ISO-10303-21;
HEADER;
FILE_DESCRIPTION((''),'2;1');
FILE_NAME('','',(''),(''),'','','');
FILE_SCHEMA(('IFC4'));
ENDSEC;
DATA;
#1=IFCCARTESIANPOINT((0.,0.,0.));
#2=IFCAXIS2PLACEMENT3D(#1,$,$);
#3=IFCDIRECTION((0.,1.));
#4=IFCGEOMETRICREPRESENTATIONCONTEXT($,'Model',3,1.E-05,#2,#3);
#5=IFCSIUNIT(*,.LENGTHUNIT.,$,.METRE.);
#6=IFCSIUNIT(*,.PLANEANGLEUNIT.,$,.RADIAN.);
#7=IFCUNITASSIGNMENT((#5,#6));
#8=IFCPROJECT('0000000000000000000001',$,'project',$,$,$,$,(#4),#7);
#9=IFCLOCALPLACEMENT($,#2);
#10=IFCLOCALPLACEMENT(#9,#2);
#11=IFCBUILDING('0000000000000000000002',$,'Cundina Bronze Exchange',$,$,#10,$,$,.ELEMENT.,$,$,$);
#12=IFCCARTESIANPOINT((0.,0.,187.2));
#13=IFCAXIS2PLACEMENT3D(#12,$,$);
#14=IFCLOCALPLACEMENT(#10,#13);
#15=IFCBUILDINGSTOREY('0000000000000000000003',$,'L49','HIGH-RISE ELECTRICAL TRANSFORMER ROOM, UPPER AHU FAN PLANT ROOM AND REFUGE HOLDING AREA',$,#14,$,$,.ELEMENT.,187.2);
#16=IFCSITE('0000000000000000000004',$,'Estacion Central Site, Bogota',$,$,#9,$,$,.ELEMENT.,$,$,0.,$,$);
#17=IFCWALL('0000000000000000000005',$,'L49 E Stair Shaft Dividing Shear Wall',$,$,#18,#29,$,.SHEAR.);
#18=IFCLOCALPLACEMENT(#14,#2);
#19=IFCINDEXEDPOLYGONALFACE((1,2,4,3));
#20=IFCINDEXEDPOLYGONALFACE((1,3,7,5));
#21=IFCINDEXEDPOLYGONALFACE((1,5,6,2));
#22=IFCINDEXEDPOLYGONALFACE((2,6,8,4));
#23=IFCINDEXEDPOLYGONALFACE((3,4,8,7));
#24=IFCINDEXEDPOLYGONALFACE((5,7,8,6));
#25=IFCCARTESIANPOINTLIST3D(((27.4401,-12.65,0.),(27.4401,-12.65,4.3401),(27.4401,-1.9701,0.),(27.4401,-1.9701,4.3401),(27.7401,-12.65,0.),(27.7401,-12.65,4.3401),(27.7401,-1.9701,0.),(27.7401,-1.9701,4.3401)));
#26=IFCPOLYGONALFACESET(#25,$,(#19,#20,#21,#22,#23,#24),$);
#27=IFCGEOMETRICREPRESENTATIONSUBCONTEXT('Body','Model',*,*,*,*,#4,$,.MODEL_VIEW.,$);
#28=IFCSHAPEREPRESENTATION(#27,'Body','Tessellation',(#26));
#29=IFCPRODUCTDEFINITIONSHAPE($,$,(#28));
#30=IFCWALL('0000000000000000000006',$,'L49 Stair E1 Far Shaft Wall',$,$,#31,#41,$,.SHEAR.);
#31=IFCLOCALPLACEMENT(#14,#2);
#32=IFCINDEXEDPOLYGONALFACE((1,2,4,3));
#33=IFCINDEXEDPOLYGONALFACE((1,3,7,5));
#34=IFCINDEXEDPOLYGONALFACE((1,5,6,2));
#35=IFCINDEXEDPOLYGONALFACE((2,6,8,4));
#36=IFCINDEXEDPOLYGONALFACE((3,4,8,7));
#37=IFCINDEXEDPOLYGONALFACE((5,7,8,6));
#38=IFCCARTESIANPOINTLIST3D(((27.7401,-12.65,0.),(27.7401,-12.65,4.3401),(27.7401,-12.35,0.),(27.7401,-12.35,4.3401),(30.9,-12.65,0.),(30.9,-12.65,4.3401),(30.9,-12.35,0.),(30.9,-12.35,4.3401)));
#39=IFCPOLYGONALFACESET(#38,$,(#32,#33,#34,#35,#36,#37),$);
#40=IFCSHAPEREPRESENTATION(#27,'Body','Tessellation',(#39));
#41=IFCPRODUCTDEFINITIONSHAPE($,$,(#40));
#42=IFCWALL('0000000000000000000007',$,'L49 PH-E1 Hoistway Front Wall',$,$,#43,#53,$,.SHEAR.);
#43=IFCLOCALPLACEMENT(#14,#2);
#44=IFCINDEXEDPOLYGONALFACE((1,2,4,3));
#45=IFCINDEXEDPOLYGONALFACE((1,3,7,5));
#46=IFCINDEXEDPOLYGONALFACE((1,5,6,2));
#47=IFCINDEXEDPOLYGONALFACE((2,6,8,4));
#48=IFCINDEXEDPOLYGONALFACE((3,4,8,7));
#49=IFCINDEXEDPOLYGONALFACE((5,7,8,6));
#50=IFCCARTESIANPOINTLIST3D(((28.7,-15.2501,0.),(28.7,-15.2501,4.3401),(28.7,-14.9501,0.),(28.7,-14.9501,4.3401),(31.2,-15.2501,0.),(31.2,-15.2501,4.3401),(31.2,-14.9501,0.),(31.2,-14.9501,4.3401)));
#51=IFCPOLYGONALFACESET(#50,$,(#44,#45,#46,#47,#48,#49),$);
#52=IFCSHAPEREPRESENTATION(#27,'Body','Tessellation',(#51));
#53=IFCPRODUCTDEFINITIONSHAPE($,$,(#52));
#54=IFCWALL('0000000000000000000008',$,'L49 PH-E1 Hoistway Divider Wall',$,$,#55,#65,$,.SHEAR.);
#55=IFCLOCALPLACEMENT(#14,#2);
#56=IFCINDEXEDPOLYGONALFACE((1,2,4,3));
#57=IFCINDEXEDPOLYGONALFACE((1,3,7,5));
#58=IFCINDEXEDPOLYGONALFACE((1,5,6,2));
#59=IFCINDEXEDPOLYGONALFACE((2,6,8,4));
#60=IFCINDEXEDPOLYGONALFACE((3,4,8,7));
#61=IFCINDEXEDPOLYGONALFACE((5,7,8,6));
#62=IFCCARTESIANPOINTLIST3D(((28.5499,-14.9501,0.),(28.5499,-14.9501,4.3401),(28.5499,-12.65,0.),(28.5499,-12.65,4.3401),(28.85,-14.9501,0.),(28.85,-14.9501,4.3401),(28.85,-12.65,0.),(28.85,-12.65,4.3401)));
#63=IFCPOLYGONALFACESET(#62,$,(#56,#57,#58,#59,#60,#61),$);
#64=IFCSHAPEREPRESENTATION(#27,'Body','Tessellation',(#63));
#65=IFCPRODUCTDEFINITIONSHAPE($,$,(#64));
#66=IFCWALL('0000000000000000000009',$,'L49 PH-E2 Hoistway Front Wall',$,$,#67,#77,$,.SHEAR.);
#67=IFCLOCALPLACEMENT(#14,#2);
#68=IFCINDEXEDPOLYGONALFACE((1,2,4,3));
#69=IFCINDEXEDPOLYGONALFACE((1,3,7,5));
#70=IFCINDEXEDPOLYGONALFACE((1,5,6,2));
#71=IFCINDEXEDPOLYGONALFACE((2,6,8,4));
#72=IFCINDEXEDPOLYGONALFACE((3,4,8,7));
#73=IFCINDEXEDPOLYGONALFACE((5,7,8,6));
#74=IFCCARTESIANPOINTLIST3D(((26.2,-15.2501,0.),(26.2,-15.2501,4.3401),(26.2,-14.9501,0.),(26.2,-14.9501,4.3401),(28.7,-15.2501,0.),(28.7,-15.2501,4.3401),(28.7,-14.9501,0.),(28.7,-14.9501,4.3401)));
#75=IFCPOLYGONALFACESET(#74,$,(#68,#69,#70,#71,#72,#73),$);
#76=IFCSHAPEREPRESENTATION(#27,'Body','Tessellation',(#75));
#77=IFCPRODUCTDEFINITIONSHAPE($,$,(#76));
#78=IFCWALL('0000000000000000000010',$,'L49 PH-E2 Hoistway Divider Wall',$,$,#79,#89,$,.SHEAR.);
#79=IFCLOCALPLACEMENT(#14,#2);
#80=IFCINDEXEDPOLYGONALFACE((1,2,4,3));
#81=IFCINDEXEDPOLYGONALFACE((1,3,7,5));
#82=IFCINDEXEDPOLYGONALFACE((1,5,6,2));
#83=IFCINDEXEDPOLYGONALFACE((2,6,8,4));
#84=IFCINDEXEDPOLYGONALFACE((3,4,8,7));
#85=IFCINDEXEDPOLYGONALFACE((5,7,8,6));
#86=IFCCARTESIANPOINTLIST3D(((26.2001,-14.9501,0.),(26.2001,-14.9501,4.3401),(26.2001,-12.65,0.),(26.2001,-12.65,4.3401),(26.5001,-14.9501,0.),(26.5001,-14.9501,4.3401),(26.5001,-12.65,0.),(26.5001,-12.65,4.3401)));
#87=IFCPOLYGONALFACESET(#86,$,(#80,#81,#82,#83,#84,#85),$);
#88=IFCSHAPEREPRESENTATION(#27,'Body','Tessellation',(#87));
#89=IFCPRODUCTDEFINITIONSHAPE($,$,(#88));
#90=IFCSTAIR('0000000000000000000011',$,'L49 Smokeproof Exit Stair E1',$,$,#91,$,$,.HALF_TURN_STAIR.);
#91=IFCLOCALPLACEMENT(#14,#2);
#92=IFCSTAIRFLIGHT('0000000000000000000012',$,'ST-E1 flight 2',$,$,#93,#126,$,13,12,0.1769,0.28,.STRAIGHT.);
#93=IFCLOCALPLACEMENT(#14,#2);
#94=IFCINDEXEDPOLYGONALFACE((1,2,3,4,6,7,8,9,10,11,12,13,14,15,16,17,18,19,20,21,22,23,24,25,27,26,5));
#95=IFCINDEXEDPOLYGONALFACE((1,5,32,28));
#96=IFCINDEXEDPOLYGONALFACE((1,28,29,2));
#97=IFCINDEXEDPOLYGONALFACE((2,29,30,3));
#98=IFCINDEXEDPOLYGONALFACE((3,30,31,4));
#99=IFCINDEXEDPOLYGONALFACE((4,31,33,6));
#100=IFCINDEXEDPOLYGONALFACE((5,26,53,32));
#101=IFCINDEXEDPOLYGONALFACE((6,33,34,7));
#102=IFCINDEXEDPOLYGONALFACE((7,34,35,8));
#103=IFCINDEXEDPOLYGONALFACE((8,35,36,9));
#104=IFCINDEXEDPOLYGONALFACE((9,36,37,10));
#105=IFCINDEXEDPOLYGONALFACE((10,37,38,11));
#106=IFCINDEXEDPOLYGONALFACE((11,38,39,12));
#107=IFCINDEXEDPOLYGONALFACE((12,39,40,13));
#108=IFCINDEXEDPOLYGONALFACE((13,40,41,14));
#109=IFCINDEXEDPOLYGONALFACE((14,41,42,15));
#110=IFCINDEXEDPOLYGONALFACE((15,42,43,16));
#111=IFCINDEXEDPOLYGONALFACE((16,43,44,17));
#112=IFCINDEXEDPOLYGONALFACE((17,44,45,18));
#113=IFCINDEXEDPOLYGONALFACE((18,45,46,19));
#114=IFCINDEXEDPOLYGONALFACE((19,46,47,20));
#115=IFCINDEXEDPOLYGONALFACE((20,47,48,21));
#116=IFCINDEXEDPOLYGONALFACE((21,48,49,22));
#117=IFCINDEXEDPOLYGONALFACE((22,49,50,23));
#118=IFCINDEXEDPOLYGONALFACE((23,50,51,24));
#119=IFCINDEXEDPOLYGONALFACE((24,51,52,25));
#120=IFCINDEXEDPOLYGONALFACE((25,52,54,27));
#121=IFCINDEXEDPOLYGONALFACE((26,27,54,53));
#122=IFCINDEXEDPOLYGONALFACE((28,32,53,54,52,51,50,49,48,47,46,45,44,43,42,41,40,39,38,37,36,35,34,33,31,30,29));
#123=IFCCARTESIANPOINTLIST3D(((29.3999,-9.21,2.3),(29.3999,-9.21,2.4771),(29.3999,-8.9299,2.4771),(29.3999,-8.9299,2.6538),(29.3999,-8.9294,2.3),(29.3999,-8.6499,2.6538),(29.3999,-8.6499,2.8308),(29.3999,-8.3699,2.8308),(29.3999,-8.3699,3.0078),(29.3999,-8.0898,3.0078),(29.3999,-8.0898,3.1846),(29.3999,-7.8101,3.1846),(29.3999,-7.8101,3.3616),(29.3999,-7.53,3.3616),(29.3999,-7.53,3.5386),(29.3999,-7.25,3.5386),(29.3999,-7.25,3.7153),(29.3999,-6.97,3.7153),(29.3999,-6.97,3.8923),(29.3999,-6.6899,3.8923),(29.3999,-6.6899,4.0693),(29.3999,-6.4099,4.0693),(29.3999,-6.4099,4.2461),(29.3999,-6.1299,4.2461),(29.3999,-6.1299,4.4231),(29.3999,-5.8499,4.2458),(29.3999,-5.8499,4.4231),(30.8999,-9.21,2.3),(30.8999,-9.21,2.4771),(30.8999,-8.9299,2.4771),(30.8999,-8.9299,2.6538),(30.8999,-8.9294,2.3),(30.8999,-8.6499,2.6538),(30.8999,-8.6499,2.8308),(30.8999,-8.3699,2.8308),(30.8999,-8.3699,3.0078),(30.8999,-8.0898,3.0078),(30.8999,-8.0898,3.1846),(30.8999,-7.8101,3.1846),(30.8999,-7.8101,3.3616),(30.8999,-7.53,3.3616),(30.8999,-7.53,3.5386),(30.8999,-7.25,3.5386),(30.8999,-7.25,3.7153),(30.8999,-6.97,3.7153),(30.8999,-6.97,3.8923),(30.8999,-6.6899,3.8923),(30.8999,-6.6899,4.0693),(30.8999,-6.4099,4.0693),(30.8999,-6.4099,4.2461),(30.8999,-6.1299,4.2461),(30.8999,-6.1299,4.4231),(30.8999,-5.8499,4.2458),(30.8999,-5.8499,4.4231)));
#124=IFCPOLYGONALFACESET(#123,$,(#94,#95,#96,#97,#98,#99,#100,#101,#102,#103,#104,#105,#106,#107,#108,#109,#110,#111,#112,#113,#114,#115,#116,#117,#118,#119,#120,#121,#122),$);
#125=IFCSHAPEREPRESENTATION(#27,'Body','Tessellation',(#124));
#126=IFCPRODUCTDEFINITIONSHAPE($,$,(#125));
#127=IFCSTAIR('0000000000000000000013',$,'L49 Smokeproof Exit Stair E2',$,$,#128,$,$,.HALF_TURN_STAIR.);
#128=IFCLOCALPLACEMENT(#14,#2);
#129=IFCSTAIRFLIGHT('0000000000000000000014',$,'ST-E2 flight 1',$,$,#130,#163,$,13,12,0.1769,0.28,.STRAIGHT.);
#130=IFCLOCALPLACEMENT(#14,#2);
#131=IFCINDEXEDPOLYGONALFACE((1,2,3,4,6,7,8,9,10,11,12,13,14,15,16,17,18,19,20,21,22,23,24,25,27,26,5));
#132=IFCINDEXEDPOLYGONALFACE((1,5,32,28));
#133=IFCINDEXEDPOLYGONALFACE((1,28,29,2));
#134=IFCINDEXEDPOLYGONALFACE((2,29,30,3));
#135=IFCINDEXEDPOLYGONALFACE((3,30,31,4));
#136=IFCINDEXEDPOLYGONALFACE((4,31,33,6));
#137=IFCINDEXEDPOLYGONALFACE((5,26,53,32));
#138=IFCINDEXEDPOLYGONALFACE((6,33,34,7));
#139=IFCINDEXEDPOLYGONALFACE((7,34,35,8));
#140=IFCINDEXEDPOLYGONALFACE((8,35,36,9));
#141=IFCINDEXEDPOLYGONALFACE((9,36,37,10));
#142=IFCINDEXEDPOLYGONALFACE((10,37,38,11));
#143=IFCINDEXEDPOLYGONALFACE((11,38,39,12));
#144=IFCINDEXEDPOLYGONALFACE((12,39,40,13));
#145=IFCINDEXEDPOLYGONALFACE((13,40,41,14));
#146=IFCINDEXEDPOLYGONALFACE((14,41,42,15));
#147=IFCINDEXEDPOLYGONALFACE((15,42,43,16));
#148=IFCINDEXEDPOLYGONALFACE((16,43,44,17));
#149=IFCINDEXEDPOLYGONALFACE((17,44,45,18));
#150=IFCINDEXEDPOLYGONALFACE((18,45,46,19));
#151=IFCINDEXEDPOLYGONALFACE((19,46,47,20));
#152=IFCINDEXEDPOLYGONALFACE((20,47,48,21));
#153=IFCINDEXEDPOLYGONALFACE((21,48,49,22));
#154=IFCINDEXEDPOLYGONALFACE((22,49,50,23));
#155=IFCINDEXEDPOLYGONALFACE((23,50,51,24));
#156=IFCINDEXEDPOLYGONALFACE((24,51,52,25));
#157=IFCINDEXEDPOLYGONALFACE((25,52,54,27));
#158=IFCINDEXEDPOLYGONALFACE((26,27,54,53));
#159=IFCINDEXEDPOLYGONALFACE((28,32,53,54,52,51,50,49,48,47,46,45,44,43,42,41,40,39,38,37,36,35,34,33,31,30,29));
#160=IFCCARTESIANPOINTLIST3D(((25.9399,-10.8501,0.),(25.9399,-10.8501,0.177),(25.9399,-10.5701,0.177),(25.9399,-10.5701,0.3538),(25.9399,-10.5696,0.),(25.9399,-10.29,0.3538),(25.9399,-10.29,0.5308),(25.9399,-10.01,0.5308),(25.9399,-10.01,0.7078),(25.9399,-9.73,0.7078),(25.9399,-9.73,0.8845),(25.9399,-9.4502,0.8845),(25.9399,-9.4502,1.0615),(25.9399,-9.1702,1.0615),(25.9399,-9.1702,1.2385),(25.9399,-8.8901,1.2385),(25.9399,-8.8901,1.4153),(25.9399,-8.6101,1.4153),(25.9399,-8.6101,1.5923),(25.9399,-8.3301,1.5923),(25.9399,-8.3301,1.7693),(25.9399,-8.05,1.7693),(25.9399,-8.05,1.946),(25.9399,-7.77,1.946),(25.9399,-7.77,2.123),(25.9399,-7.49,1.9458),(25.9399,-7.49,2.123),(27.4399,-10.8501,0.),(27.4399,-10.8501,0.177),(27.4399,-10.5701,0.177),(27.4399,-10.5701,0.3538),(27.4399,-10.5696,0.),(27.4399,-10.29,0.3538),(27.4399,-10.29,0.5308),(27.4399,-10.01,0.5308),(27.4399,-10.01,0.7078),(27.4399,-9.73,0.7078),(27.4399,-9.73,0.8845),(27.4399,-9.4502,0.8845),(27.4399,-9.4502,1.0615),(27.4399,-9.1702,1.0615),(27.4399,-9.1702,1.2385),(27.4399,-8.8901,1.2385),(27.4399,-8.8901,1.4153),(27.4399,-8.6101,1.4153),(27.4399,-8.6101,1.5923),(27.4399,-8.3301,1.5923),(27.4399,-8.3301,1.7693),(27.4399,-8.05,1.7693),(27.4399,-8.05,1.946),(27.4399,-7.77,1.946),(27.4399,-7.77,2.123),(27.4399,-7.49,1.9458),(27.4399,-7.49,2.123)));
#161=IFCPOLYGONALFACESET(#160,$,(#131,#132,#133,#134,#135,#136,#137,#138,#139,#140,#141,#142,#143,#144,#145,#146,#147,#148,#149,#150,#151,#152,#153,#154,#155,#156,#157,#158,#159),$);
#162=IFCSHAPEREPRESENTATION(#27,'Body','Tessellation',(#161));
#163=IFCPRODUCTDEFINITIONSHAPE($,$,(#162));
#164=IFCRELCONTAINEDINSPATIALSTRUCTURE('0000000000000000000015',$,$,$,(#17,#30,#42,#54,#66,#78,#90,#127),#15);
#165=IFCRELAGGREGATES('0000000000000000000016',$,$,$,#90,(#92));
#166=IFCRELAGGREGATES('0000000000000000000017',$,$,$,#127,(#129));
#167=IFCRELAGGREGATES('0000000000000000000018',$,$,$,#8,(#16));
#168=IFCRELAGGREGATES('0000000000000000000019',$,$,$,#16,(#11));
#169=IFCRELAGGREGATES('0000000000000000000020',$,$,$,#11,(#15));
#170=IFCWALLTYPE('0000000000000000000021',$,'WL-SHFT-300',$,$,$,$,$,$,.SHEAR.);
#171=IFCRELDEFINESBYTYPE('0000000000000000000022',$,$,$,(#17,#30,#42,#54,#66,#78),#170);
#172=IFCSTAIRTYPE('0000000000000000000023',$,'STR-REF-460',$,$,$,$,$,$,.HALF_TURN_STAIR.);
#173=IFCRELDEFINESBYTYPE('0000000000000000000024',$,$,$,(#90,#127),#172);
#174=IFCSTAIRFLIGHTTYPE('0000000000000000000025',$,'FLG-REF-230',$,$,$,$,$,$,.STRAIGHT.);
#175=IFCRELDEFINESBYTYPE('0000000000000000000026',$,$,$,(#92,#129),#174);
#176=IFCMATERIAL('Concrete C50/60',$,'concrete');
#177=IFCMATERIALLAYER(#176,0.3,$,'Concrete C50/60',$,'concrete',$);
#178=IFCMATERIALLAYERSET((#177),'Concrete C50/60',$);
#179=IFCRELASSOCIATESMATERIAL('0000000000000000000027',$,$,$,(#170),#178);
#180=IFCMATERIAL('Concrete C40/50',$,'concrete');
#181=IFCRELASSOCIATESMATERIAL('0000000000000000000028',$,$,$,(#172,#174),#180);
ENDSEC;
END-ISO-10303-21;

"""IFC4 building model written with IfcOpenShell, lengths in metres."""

from ifc_helpers import new_model, si_unit, direction, frame, frame_2d, origin, place, context, subcontext, project, spatial, polyline, rectangle, outline, extrude, material, layer, layer_set, type_object, element, aggregate, save


model = new_model("IFC4")

# Units and contexts
model_context = context("Model", 3, precision=1e-05, world=origin(), true_north=direction((0.0, 1.0)))
body_context = subcontext(model_context, "Body", "Model", "MODEL_VIEW")
ifc_project = project(units=[si_unit("LENGTHUNIT", "METRE"), si_unit("PLANEANGLEUNIT", "RADIAN")], contexts=[model_context])

# Site, building, storey
site_placement = place(None, origin())
site = spatial("IfcSite", under=ifc_project, at=site_placement, Name="Estacion Central Site, Bogota", CompositionType="ELEMENT", RefElevation=0.0)
building_placement = place(site_placement, origin())
building = spatial("IfcBuilding", under=site, at=building_placement, Name="Cundina Bronze Exchange", CompositionType="ELEMENT")
storey_placement = place(building_placement, frame((0.0, 0.0, 187.2)))
storey = spatial("IfcBuildingStorey", under=building, at=storey_placement, Name="L49", Description="HIGH-RISE ELECTRICAL TRANSFORMER ROOM, UPPER AHU FAN PLANT ROOM AND REFUGE HOLDING AREA", CompositionType="ELEMENT", Elevation=187.2)

# Shared definitions
ifc_material_1 = material(Name="Concrete C50/60", Category="concrete")

# Walls
ifc_layer_1 = layer(ifc_material_1, 0.3, Name="Concrete C50/60", Category="concrete")
ifc_layer_set_1 = layer_set([ifc_layer_1], Name="Concrete C50/60")
wall_type_1 = type_object("IfcWallType", Name="WL-SHFT-300", PredefinedType="SHEAR", material=ifc_layer_set_1)
wall_1_placement = place(storey_placement, frame((27.5901, -12.6499, 0.0), z_axis=(0.0, 0.0, 1.0), x_axis=(0.0, 1.0, 0.0)))
element("IfcWall", 1, at=wall_1_placement, inside=storey, type_object=wall_type_1, Name="L49 E Stair Shaft Dividing Shear Wall", PredefinedType="SHEAR", context=body_context, shape_type="SweptSolid", body=[
    extrude(rectangle(XDim=10.6799, YDim=0.3, at=frame_2d((5.3398, 0.0))), origin(), (0.0, 0.0, 1.0), 4.3401),
])
wall_2_placement = place(storey_placement, frame((27.74, -12.5, 0.0), z_axis=(0.0, 0.0, 1.0), x_axis=(1.0, 0.0, 0.0)))
element("IfcWall", 2, at=wall_2_placement, inside=storey, type_object=wall_type_1, Name="L49 Stair E1 Far Shaft Wall", PredefinedType="SHEAR", context=body_context, shape_type="SweptSolid", body=[
    extrude(rectangle(XDim=3.1599, YDim=0.3, at=frame_2d((1.5801, 0.0))), origin(), (0.0, 0.0, 1.0), 4.3401),
])

# Walls
wall_3_placement = place(storey_placement, frame((28.7, -15.1001, 0.0), z_axis=(0.0, 0.0, 1.0), x_axis=(1.0, 0.0, 0.0)))
element("IfcWall", 3, at=wall_3_placement, inside=storey, type_object=wall_type_1, Name="L49 PH-E1 Hoistway Front Wall", PredefinedType="SHEAR", context=body_context, shape_type="SweptSolid", body=[
    extrude(rectangle(XDim=2.5, YDim=0.3, at=frame_2d((1.25, 0.0))), origin(), (0.0, 0.0, 1.0), 4.3401),
])
wall_4_placement = place(storey_placement, frame((28.7, -14.95, 0.0), z_axis=(0.0, 0.0, 1.0), x_axis=(0.0, 1.0, 0.0)))
element("IfcWall", 4, at=wall_4_placement, inside=storey, type_object=wall_type_1, Name="L49 PH-E1 Hoistway Divider Wall", PredefinedType="SHEAR", context=body_context, shape_type="SweptSolid", body=[
    extrude(rectangle(XDim=2.3, YDim=0.3, at=frame_2d((1.1499, 0.0))), origin(), (0.0, 0.0, 1.0), 4.3401),
])
wall_5_placement = place(storey_placement, frame((26.2, -15.1001, 0.0), z_axis=(0.0, 0.0, 1.0), x_axis=(1.0, 0.0, 0.0)))
element("IfcWall", 5, at=wall_5_placement, inside=storey, type_object=wall_type_1, Name="L49 PH-E2 Hoistway Front Wall", PredefinedType="SHEAR", context=body_context, shape_type="SweptSolid", body=[
    extrude(rectangle(XDim=2.5, YDim=0.3, at=frame_2d((1.25, 0.0))), origin(), (0.0, 0.0, 1.0), 4.3401),
])
wall_6_placement = place(storey_placement, frame((26.3501, -14.95, 0.0), z_axis=(0.0, 0.0, 1.0), x_axis=(0.0, 1.0, 0.0)))
element("IfcWall", 6, at=wall_6_placement, inside=storey, type_object=wall_type_1, Name="L49 PH-E2 Hoistway Divider Wall", PredefinedType="SHEAR", context=body_context, shape_type="SweptSolid", body=[
    extrude(rectangle(XDim=2.3, YDim=0.3, at=frame_2d((1.1499, 0.0))), origin(), (0.0, 0.0, 1.0), 4.3401),
])

# Stairs, stair flights
ifc_material_2 = material(Name="Concrete C40/50", Category="concrete")
stair_type = type_object("IfcStairType", Name="STR-REF-460", PredefinedType="HALF_TURN_STAIR", material=ifc_material_2)
stair_1_placement = place(storey_placement, origin())
stair_1 = element("IfcStair", 7, at=stair_1_placement, inside=storey, type_object=stair_type, Name="L49 Smokeproof Exit Stair E1", PredefinedType="HALF_TURN_STAIR")
stair_flight_type = type_object("IfcStairFlightType", Name="FLG-REF-230", PredefinedType="STRAIGHT", material=ifc_material_2)
stair_flight_1_placement = place(storey_placement, frame((30.1499, -9.21, 2.3), z_axis=(0.0, 0.0, 1.0), x_axis=(0.0, 1.0, 0.0)))
stair_flight_1 = element("IfcStairFlight", 8, at=stair_flight_1_placement, type_object=stair_flight_type, Name="ST-E1 flight 2", NumberOfRisers=13, NumberOfTreads=12, PredefinedType="STRAIGHT", RiserHeight=0.1769, TreadLength=0.28, context=body_context, shape_type="SweptSolid", body=[
    extrude(outline(polyline([(0.0, 0.0), (0.0, 0.177), (0.28, 0.177), (0.28, 0.3538), (0.5601, 0.3538), (0.5601, 0.5308), (0.8401, 0.5308), (0.8401, 0.7078), (1.1201, 0.7078), (1.1201, 0.8845), (1.3999, 0.8845), (1.3999, 1.0615), (1.6799, 1.0615), (1.6799, 1.2385), (1.96, 1.2385), (1.96, 1.4153), (2.24, 1.4153), (2.24, 1.5923), (2.52, 1.5923), (2.52, 1.7693), (2.8, 1.7693), (2.8, 1.946), (3.0801, 1.946), (3.0801, 2.123), (3.3601, 2.123), (3.3601, 2.3), (3.3601, 1.9458), (0.2805, 0.0), (0.0, 0.0)])), frame((0.0, 0.75, 0.0), z_axis=(0.0, -1.0, 0.0), x_axis=(1.0, 0.0, 0.0)), (0.0, 0.0, 1.0), 1.5),
])
aggregate(stair_1, [stair_flight_1])
stair_2_placement = place(storey_placement, origin())
stair_2 = element("IfcStair", 9, at=stair_2_placement, inside=storey, type_object=stair_type, Name="L49 Smokeproof Exit Stair E2", PredefinedType="HALF_TURN_STAIR")
stair_flight_2_placement = place(storey_placement, frame((26.6899, -10.8501, 0.0), z_axis=(0.0, 0.0, 1.0), x_axis=(0.0, 1.0, 0.0)))
stair_flight_2 = element("IfcStairFlight", 10, at=stair_flight_2_placement, type_object=stair_flight_type, Name="ST-E2 flight 1", NumberOfRisers=13, NumberOfTreads=12, PredefinedType="STRAIGHT", RiserHeight=0.1769, TreadLength=0.28, context=body_context, shape_type="SweptSolid", body=[
    extrude(outline(polyline([(0.0, 0.0), (0.0, 0.177), (0.28, 0.177), (0.28, 0.3538), (0.5601, 0.3538), (0.5601, 0.5308), (0.8401, 0.5308), (0.8401, 0.7078), (1.1201, 0.7078), (1.1201, 0.8845), (1.3999, 0.8845), (1.3999, 1.0615), (1.6799, 1.0615), (1.6799, 1.2385), (1.96, 1.2385), (1.96, 1.4153), (2.24, 1.4153), (2.24, 1.5923), (2.52, 1.5923), (2.52, 1.7693), (2.8, 1.7693), (2.8, 1.946), (3.0801, 1.946), (3.0801, 2.123), (3.3601, 2.123), (3.3601, 2.3), (3.3601, 1.9458), (0.2805, 0.0), (0.0, 0.0)])), frame((0.0, 0.75, 0.0), z_axis=(0.0, -1.0, 0.0), x_axis=(1.0, 0.0, 0.0)), (0.0, 0.0, 1.0), 1.5),
])
aggregate(stair_2, [stair_flight_2])

save(model, "model.ifc")
